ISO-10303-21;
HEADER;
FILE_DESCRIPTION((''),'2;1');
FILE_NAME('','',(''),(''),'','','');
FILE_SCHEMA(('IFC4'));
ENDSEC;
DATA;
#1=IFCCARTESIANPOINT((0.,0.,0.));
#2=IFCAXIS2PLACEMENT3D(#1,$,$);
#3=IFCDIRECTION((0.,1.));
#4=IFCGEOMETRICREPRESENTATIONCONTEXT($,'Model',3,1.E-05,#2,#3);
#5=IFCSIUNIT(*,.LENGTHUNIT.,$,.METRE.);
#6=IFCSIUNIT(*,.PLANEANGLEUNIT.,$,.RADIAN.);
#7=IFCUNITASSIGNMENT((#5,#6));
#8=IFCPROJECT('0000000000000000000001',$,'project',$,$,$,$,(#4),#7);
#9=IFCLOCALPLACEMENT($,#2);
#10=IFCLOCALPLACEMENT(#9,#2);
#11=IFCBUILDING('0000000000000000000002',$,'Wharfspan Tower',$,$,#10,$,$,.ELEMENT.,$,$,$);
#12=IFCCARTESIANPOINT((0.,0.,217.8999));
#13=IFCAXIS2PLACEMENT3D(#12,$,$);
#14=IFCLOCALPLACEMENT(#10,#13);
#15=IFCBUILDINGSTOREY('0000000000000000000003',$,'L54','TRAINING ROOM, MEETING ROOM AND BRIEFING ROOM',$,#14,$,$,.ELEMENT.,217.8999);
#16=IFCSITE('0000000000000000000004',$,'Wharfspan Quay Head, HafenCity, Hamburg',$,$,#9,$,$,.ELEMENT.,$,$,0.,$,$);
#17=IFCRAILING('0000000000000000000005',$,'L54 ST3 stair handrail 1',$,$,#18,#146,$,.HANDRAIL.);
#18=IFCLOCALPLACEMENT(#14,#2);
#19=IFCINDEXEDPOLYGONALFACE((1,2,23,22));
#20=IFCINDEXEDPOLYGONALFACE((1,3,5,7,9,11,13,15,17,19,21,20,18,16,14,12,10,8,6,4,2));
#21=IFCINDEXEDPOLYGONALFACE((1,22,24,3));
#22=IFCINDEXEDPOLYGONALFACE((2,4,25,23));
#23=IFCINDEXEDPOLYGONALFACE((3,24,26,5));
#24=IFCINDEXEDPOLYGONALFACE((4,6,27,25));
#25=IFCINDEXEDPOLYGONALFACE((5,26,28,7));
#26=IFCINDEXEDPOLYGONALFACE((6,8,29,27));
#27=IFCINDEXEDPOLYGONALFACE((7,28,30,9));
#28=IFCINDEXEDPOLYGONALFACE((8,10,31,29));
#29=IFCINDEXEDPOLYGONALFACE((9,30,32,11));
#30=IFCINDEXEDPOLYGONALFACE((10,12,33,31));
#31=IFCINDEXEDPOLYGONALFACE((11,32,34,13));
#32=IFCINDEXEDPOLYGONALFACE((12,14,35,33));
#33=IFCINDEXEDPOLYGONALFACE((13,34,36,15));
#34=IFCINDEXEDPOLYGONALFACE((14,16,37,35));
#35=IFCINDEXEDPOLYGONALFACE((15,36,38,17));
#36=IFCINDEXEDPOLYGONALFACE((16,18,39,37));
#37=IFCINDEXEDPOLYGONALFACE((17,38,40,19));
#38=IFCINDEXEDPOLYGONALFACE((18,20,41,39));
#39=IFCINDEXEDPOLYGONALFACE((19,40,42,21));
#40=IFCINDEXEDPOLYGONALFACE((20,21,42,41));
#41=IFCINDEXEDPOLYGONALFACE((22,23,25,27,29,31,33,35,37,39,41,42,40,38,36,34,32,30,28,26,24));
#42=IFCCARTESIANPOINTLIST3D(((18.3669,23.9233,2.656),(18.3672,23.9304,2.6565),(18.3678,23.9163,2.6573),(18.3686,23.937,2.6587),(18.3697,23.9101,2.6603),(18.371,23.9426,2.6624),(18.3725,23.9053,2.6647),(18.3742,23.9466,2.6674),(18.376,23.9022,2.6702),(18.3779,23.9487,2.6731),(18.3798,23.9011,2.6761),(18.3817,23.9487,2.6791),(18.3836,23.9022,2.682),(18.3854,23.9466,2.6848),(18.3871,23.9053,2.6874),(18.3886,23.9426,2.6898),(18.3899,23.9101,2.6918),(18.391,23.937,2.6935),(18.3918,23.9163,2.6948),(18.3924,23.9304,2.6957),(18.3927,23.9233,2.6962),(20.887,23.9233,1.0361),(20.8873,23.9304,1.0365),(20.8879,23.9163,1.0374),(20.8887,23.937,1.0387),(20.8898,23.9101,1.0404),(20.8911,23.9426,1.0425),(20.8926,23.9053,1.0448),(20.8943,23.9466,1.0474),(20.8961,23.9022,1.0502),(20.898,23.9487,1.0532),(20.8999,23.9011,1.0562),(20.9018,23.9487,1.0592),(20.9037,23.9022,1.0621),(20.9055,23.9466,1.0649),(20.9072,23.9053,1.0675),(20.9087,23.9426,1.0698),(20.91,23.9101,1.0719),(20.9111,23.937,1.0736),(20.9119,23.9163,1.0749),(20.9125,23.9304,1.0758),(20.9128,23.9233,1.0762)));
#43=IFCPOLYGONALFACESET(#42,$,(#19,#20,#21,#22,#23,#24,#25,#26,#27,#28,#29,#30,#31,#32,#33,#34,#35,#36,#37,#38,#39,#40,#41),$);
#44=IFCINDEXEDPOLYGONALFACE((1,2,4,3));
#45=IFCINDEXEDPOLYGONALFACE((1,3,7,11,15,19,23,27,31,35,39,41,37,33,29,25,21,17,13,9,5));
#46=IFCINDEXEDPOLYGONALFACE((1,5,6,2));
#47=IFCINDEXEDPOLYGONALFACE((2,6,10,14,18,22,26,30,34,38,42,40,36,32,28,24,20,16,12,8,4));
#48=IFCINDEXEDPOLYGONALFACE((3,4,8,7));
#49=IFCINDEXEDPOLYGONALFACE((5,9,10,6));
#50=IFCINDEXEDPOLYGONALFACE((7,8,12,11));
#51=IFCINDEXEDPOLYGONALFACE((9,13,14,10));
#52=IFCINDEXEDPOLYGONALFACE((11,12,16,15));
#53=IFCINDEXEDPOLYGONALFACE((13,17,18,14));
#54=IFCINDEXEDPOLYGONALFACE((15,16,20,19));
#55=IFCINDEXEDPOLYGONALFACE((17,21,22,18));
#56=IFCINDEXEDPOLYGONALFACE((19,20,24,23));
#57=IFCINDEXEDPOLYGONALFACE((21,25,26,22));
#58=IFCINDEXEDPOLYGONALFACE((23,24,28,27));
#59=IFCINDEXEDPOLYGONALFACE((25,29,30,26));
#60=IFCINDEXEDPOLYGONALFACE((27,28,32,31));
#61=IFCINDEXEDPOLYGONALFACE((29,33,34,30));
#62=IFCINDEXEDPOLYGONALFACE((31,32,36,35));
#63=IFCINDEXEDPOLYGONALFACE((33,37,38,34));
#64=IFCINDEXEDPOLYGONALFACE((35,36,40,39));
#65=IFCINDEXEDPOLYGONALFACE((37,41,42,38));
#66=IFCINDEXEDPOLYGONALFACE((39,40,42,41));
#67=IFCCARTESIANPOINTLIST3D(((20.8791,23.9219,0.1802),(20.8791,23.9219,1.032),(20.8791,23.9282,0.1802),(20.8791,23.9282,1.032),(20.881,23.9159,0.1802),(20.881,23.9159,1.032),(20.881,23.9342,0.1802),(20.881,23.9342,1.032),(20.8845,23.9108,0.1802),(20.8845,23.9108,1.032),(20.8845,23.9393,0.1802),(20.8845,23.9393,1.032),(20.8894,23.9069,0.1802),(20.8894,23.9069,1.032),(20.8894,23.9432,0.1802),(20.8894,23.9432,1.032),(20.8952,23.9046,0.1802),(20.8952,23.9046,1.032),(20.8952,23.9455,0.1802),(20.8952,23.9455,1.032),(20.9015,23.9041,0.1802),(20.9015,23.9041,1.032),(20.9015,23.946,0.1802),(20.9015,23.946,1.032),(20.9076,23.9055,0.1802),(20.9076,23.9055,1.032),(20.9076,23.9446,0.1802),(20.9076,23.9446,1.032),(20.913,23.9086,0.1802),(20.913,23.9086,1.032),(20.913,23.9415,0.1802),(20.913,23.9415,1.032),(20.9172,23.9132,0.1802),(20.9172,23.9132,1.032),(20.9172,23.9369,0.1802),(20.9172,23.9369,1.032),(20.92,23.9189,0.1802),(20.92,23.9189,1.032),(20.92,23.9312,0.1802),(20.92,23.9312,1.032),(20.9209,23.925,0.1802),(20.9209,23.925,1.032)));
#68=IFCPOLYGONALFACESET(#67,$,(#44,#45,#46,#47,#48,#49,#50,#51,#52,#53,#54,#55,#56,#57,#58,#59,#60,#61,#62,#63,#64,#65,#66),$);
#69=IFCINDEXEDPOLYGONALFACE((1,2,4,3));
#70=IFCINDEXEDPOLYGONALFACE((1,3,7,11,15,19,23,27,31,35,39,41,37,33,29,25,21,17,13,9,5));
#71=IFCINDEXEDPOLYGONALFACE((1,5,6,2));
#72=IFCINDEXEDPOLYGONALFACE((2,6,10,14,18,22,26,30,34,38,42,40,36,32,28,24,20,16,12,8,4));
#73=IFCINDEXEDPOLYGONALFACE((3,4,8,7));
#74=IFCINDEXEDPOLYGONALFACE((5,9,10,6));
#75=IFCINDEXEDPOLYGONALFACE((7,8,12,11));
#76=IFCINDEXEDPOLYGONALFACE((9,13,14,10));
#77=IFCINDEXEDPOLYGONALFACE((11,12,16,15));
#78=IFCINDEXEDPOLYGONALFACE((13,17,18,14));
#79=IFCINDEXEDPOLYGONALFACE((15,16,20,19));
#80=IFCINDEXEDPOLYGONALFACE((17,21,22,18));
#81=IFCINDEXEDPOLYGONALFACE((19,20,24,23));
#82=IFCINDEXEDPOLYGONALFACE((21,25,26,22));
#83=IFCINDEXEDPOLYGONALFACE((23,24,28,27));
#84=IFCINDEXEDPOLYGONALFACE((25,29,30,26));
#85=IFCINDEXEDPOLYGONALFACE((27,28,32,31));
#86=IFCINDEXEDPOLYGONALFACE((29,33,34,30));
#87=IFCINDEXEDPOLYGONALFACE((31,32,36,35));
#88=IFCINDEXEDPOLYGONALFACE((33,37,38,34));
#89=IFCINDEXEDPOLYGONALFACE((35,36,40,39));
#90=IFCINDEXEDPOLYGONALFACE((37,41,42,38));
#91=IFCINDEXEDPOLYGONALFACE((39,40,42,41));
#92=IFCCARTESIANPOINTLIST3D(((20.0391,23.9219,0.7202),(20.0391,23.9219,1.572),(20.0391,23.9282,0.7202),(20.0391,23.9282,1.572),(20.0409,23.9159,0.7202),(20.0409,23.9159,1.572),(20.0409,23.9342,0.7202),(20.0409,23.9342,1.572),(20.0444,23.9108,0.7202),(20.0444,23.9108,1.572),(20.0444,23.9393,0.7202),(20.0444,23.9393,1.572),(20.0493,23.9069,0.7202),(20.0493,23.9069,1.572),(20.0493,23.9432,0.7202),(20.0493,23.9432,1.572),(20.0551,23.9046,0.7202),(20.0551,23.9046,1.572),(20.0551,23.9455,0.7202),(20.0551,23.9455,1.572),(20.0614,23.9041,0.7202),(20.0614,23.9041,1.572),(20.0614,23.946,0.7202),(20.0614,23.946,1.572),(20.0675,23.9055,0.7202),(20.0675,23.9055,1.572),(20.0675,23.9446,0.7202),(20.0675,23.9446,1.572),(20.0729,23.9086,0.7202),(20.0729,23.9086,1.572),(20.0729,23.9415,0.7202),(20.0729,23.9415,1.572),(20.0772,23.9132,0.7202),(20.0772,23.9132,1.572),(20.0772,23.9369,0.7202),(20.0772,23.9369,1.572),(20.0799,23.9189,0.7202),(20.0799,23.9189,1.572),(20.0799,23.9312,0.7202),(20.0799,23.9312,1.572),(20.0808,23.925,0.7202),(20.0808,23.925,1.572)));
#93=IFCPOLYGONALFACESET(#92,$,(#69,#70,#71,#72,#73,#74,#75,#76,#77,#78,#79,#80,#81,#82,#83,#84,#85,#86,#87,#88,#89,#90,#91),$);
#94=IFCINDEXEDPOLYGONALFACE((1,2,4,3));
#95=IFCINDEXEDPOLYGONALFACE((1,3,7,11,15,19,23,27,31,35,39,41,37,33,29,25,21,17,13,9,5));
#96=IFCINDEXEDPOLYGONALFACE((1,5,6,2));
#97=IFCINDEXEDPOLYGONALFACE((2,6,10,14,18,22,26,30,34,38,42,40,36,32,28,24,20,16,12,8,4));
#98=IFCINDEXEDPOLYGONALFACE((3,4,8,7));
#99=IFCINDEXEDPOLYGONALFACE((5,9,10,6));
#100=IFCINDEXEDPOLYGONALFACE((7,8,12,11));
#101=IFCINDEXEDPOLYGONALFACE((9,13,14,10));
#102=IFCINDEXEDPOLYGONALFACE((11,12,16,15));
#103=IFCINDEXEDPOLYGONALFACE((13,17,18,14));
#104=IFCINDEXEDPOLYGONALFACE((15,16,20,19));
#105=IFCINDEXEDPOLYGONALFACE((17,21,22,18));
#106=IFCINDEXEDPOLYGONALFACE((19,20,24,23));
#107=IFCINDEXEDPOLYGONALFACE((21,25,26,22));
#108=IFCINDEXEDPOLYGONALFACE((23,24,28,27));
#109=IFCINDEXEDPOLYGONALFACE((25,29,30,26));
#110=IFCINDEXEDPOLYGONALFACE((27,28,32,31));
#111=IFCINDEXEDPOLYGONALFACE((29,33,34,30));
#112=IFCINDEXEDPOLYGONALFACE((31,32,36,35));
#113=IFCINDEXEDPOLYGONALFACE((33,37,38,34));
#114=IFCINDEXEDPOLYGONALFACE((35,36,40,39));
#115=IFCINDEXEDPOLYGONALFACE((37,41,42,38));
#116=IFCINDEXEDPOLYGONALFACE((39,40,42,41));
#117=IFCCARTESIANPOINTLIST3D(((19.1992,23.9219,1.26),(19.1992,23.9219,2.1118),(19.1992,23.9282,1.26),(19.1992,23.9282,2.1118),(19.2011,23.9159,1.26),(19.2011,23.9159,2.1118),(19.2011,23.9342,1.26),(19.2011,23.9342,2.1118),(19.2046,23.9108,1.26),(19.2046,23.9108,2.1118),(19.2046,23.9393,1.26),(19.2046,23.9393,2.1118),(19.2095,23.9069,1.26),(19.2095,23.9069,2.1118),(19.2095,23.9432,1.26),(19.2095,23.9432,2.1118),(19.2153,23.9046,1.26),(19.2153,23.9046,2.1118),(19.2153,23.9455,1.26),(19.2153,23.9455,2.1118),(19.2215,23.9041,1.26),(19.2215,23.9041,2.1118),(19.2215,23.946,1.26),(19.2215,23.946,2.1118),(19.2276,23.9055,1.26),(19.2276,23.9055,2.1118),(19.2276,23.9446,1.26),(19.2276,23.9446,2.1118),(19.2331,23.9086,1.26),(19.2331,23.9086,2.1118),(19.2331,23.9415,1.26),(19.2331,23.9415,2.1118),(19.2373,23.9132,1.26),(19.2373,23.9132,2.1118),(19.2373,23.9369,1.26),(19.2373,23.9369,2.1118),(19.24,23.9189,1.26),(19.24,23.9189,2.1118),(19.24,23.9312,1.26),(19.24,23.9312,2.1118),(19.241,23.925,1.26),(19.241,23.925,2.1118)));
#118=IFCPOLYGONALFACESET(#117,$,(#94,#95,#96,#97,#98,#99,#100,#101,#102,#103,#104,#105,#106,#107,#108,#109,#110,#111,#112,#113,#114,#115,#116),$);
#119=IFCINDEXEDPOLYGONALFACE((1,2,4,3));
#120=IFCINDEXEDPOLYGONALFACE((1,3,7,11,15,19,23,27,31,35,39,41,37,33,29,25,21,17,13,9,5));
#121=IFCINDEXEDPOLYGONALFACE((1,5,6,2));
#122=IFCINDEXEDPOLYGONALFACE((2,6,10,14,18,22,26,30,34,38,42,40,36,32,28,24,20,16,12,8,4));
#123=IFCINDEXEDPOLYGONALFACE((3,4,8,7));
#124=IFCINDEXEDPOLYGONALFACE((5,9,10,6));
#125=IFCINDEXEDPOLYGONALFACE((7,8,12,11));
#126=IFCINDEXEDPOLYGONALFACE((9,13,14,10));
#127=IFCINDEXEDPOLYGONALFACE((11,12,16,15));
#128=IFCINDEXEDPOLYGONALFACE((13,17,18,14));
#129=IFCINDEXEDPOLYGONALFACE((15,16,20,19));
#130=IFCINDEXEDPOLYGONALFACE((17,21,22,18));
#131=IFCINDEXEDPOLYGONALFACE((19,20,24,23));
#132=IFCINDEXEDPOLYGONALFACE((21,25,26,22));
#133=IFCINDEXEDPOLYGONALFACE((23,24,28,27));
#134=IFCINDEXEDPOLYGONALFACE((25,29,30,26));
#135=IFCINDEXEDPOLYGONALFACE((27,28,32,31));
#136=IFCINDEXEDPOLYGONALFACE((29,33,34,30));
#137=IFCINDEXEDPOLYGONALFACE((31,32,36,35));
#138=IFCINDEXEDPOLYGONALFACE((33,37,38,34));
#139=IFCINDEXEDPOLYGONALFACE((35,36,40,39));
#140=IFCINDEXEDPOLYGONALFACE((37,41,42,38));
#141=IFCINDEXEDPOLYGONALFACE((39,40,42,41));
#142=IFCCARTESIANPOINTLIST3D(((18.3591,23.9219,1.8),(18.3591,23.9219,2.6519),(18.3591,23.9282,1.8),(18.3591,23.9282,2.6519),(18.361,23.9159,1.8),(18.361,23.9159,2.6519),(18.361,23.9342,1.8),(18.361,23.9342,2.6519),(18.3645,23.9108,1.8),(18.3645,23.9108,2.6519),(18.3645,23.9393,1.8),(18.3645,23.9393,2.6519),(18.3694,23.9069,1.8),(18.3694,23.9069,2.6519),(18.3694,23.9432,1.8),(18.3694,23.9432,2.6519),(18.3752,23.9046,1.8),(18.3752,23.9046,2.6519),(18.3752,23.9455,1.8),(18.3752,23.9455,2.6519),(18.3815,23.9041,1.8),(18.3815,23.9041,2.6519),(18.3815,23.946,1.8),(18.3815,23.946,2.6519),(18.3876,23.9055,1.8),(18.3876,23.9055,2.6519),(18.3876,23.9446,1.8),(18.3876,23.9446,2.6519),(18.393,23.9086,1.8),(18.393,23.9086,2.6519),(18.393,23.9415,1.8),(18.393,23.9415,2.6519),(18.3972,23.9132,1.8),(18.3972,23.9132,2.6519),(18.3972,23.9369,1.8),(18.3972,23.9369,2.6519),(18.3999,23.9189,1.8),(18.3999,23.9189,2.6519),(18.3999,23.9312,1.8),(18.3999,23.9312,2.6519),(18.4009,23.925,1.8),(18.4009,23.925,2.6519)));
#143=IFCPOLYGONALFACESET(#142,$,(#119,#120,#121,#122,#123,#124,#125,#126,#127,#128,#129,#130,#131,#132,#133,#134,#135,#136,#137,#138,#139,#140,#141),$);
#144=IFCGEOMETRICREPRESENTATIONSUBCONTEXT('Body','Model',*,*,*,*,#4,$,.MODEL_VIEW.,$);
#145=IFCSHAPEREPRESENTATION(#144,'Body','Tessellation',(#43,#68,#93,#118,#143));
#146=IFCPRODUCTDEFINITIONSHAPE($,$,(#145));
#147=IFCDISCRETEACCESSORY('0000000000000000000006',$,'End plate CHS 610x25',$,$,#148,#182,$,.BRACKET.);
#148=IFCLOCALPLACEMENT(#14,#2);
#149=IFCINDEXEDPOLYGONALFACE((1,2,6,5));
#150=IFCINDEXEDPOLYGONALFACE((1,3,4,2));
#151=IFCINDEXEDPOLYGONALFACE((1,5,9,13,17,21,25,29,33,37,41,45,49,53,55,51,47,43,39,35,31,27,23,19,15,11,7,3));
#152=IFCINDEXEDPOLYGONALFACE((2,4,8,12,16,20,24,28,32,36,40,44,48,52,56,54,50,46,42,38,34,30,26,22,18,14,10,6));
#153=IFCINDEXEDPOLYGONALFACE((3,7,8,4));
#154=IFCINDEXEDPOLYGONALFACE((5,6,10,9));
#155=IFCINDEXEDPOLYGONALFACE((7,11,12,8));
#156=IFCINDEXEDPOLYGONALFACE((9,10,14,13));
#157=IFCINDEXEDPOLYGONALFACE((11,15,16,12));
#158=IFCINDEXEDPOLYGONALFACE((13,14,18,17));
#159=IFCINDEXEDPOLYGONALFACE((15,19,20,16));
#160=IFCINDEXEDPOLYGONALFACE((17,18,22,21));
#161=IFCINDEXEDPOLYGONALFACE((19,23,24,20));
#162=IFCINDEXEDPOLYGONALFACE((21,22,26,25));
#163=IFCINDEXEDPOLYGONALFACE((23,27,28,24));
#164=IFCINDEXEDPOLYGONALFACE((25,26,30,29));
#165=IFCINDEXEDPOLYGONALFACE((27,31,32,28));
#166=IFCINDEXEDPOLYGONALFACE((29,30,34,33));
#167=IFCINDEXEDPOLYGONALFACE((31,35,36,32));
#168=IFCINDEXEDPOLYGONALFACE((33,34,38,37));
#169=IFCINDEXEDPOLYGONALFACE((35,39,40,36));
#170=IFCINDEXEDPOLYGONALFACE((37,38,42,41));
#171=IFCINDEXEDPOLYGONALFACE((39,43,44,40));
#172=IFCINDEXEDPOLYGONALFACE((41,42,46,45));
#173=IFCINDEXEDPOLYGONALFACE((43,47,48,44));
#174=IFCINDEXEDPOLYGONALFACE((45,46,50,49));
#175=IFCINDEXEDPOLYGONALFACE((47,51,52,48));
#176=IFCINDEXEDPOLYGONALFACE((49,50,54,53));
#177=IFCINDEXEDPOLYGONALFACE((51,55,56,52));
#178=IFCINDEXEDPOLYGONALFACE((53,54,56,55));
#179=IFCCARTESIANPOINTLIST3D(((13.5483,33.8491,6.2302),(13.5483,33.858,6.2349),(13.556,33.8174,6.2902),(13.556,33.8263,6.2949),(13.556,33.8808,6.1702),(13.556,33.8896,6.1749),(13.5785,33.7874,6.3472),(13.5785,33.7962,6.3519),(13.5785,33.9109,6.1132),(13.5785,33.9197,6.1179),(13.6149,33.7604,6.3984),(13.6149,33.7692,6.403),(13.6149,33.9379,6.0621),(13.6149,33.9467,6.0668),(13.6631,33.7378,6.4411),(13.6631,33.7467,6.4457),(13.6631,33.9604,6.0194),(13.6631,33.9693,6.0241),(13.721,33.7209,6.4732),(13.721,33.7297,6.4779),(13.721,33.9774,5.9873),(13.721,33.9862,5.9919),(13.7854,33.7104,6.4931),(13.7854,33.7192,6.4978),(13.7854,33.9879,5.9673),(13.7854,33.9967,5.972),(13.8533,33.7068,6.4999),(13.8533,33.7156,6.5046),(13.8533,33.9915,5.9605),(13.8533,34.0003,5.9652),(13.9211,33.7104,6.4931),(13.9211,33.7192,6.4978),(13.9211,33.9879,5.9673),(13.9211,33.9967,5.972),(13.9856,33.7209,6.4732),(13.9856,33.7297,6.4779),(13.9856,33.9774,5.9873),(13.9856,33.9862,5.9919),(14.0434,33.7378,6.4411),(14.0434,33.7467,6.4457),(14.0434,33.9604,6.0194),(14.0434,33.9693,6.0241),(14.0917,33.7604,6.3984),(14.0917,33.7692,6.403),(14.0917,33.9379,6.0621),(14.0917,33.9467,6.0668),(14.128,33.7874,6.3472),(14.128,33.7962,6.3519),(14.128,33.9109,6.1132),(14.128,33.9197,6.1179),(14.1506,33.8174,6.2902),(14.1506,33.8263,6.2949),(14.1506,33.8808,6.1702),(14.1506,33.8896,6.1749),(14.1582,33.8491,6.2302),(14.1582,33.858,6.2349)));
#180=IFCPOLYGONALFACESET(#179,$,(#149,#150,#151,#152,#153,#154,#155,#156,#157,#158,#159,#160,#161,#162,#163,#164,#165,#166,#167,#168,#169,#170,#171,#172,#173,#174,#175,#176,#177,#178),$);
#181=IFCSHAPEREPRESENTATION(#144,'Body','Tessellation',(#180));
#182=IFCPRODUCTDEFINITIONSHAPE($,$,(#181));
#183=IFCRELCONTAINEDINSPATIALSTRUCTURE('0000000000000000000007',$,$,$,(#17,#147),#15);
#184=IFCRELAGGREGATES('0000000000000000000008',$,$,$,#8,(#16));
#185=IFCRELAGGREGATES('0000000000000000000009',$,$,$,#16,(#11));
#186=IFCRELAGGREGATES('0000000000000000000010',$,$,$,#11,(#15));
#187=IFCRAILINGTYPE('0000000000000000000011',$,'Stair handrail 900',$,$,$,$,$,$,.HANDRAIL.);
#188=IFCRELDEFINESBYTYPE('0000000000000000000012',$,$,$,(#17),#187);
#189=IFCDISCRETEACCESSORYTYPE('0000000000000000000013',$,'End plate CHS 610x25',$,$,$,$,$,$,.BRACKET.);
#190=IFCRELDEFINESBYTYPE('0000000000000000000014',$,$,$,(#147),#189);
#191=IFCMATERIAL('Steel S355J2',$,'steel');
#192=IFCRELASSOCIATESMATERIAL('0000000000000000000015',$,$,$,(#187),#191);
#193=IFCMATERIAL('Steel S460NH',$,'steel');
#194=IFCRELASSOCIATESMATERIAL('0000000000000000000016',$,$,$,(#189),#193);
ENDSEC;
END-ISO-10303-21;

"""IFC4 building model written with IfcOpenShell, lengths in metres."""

from ifc_helpers import new_model, si_unit, direction, frame, origin, origin_2d, place, context, subcontext, project, spatial, circle, extrude, material, material_profile, profile_set, type_object, element, save


model = new_model("IFC4")

# Units and contexts
model_context = context("Model", 3, precision=1e-05, world=origin(), true_north=direction((0.0, 1.0)))
body_context = subcontext(model_context, "Body", "Model", "MODEL_VIEW")
ifc_project = project(units=[si_unit("LENGTHUNIT", "METRE"), si_unit("PLANEANGLEUNIT", "RADIAN")], contexts=[model_context])

# Site, building, storey
site_placement = place(None, origin())
site = spatial("IfcSite", under=ifc_project, at=site_placement, Name="Wharfspan Quay Head, HafenCity, Hamburg", CompositionType="ELEMENT", RefElevation=0.0)
building_placement = place(site_placement, origin())
building = spatial("IfcBuilding", under=site, at=building_placement, Name="Wharfspan Tower", CompositionType="ELEMENT")
storey_placement = place(building_placement, frame((0.0, 0.0, 217.8999)))
storey = spatial("IfcBuildingStorey", under=building, at=storey_placement, Name="L54", Description="TRAINING ROOM, MEETING ROOM AND BRIEFING ROOM", CompositionType="ELEMENT", Elevation=217.8999)

# Shared definitions
ifc_material_1 = material(Name="Steel S355J2", Category="steel")

# Shared definitions
ifc_material_2 = material(Name="Steel S460NH", Category="steel")

# Railing
railing_type_1 = type_object("IfcRailingType", Name="Stair handrail 900", PredefinedType="HANDRAIL", material=ifc_material_1)
railing_1_placement = place(storey_placement, frame((20.8999, 23.925, 0.1802)))
element("IfcRailing", 1, at=railing_1_placement, inside=storey, type_object=railing_type_1, Name="L54 ST3 stair handrail 1", PredefinedType="HANDRAIL", context=body_context, shape_type="SweptSolid", body=[
    extrude(circle(Radius=0.0239, at=origin_2d()), frame((0.0, 0.0, 0.876), z_axis=(-0.8412, 0.0, 0.540725), x_axis=(0.0, -1.0, 0.0)), (0.0, 0.0, 1.0), 2.9958),
    extrude(circle(Radius=0.021, at=origin_2d()), origin(), (0.0, 0.0, 1.0), 0.8518),
    extrude(circle(Radius=0.021, at=origin_2d()), frame((-0.8401, 0.0, 0.54)), (0.0, 0.0, 1.0), 0.8518),
    extrude(circle(Radius=0.021, at=origin_2d()), frame((-1.6799, 0.0, 1.0798)), (0.0, 0.0, 1.0), 0.8518),
    extrude(circle(Radius=0.021, at=origin_2d()), frame((-2.52, 0.0, 1.6199)), (0.0, 0.0, 1.0), 0.8518),
])

# Discrete accessory
ifc_material_profile_1 = material_profile(ifc_material_2, circle(Radius=0.3049, at=origin_2d()))
ifc_profile_set_1 = profile_set([ifc_material_profile_1], Name="Steel S460NH")
discrete_accessory_type = type_object("IfcDiscreteAccessoryType", Name="End plate CHS 610x25", PredefinedType="BRACKET", material=ifc_profile_set_1)
discrete_accessory_placement = place(storey_placement, frame((13.8533, 33.8491, 6.2302), z_axis=(0.0, 0.884385, 0.466759), x_axis=(-1.0, 0.0, 0.0)))
element("IfcDiscreteAccessory", 2, at=discrete_accessory_placement, inside=storey, type_object=discrete_accessory_type, Name="End plate CHS 610x25", PredefinedType="BRACKET", context=body_context, shape_type="SweptSolid", body=[
    extrude(circle(Radius=0.3049, at=origin_2d()), origin(), (0.0, 0.0, 1.0), 0.01),
])

save(model, "model.ifc")
